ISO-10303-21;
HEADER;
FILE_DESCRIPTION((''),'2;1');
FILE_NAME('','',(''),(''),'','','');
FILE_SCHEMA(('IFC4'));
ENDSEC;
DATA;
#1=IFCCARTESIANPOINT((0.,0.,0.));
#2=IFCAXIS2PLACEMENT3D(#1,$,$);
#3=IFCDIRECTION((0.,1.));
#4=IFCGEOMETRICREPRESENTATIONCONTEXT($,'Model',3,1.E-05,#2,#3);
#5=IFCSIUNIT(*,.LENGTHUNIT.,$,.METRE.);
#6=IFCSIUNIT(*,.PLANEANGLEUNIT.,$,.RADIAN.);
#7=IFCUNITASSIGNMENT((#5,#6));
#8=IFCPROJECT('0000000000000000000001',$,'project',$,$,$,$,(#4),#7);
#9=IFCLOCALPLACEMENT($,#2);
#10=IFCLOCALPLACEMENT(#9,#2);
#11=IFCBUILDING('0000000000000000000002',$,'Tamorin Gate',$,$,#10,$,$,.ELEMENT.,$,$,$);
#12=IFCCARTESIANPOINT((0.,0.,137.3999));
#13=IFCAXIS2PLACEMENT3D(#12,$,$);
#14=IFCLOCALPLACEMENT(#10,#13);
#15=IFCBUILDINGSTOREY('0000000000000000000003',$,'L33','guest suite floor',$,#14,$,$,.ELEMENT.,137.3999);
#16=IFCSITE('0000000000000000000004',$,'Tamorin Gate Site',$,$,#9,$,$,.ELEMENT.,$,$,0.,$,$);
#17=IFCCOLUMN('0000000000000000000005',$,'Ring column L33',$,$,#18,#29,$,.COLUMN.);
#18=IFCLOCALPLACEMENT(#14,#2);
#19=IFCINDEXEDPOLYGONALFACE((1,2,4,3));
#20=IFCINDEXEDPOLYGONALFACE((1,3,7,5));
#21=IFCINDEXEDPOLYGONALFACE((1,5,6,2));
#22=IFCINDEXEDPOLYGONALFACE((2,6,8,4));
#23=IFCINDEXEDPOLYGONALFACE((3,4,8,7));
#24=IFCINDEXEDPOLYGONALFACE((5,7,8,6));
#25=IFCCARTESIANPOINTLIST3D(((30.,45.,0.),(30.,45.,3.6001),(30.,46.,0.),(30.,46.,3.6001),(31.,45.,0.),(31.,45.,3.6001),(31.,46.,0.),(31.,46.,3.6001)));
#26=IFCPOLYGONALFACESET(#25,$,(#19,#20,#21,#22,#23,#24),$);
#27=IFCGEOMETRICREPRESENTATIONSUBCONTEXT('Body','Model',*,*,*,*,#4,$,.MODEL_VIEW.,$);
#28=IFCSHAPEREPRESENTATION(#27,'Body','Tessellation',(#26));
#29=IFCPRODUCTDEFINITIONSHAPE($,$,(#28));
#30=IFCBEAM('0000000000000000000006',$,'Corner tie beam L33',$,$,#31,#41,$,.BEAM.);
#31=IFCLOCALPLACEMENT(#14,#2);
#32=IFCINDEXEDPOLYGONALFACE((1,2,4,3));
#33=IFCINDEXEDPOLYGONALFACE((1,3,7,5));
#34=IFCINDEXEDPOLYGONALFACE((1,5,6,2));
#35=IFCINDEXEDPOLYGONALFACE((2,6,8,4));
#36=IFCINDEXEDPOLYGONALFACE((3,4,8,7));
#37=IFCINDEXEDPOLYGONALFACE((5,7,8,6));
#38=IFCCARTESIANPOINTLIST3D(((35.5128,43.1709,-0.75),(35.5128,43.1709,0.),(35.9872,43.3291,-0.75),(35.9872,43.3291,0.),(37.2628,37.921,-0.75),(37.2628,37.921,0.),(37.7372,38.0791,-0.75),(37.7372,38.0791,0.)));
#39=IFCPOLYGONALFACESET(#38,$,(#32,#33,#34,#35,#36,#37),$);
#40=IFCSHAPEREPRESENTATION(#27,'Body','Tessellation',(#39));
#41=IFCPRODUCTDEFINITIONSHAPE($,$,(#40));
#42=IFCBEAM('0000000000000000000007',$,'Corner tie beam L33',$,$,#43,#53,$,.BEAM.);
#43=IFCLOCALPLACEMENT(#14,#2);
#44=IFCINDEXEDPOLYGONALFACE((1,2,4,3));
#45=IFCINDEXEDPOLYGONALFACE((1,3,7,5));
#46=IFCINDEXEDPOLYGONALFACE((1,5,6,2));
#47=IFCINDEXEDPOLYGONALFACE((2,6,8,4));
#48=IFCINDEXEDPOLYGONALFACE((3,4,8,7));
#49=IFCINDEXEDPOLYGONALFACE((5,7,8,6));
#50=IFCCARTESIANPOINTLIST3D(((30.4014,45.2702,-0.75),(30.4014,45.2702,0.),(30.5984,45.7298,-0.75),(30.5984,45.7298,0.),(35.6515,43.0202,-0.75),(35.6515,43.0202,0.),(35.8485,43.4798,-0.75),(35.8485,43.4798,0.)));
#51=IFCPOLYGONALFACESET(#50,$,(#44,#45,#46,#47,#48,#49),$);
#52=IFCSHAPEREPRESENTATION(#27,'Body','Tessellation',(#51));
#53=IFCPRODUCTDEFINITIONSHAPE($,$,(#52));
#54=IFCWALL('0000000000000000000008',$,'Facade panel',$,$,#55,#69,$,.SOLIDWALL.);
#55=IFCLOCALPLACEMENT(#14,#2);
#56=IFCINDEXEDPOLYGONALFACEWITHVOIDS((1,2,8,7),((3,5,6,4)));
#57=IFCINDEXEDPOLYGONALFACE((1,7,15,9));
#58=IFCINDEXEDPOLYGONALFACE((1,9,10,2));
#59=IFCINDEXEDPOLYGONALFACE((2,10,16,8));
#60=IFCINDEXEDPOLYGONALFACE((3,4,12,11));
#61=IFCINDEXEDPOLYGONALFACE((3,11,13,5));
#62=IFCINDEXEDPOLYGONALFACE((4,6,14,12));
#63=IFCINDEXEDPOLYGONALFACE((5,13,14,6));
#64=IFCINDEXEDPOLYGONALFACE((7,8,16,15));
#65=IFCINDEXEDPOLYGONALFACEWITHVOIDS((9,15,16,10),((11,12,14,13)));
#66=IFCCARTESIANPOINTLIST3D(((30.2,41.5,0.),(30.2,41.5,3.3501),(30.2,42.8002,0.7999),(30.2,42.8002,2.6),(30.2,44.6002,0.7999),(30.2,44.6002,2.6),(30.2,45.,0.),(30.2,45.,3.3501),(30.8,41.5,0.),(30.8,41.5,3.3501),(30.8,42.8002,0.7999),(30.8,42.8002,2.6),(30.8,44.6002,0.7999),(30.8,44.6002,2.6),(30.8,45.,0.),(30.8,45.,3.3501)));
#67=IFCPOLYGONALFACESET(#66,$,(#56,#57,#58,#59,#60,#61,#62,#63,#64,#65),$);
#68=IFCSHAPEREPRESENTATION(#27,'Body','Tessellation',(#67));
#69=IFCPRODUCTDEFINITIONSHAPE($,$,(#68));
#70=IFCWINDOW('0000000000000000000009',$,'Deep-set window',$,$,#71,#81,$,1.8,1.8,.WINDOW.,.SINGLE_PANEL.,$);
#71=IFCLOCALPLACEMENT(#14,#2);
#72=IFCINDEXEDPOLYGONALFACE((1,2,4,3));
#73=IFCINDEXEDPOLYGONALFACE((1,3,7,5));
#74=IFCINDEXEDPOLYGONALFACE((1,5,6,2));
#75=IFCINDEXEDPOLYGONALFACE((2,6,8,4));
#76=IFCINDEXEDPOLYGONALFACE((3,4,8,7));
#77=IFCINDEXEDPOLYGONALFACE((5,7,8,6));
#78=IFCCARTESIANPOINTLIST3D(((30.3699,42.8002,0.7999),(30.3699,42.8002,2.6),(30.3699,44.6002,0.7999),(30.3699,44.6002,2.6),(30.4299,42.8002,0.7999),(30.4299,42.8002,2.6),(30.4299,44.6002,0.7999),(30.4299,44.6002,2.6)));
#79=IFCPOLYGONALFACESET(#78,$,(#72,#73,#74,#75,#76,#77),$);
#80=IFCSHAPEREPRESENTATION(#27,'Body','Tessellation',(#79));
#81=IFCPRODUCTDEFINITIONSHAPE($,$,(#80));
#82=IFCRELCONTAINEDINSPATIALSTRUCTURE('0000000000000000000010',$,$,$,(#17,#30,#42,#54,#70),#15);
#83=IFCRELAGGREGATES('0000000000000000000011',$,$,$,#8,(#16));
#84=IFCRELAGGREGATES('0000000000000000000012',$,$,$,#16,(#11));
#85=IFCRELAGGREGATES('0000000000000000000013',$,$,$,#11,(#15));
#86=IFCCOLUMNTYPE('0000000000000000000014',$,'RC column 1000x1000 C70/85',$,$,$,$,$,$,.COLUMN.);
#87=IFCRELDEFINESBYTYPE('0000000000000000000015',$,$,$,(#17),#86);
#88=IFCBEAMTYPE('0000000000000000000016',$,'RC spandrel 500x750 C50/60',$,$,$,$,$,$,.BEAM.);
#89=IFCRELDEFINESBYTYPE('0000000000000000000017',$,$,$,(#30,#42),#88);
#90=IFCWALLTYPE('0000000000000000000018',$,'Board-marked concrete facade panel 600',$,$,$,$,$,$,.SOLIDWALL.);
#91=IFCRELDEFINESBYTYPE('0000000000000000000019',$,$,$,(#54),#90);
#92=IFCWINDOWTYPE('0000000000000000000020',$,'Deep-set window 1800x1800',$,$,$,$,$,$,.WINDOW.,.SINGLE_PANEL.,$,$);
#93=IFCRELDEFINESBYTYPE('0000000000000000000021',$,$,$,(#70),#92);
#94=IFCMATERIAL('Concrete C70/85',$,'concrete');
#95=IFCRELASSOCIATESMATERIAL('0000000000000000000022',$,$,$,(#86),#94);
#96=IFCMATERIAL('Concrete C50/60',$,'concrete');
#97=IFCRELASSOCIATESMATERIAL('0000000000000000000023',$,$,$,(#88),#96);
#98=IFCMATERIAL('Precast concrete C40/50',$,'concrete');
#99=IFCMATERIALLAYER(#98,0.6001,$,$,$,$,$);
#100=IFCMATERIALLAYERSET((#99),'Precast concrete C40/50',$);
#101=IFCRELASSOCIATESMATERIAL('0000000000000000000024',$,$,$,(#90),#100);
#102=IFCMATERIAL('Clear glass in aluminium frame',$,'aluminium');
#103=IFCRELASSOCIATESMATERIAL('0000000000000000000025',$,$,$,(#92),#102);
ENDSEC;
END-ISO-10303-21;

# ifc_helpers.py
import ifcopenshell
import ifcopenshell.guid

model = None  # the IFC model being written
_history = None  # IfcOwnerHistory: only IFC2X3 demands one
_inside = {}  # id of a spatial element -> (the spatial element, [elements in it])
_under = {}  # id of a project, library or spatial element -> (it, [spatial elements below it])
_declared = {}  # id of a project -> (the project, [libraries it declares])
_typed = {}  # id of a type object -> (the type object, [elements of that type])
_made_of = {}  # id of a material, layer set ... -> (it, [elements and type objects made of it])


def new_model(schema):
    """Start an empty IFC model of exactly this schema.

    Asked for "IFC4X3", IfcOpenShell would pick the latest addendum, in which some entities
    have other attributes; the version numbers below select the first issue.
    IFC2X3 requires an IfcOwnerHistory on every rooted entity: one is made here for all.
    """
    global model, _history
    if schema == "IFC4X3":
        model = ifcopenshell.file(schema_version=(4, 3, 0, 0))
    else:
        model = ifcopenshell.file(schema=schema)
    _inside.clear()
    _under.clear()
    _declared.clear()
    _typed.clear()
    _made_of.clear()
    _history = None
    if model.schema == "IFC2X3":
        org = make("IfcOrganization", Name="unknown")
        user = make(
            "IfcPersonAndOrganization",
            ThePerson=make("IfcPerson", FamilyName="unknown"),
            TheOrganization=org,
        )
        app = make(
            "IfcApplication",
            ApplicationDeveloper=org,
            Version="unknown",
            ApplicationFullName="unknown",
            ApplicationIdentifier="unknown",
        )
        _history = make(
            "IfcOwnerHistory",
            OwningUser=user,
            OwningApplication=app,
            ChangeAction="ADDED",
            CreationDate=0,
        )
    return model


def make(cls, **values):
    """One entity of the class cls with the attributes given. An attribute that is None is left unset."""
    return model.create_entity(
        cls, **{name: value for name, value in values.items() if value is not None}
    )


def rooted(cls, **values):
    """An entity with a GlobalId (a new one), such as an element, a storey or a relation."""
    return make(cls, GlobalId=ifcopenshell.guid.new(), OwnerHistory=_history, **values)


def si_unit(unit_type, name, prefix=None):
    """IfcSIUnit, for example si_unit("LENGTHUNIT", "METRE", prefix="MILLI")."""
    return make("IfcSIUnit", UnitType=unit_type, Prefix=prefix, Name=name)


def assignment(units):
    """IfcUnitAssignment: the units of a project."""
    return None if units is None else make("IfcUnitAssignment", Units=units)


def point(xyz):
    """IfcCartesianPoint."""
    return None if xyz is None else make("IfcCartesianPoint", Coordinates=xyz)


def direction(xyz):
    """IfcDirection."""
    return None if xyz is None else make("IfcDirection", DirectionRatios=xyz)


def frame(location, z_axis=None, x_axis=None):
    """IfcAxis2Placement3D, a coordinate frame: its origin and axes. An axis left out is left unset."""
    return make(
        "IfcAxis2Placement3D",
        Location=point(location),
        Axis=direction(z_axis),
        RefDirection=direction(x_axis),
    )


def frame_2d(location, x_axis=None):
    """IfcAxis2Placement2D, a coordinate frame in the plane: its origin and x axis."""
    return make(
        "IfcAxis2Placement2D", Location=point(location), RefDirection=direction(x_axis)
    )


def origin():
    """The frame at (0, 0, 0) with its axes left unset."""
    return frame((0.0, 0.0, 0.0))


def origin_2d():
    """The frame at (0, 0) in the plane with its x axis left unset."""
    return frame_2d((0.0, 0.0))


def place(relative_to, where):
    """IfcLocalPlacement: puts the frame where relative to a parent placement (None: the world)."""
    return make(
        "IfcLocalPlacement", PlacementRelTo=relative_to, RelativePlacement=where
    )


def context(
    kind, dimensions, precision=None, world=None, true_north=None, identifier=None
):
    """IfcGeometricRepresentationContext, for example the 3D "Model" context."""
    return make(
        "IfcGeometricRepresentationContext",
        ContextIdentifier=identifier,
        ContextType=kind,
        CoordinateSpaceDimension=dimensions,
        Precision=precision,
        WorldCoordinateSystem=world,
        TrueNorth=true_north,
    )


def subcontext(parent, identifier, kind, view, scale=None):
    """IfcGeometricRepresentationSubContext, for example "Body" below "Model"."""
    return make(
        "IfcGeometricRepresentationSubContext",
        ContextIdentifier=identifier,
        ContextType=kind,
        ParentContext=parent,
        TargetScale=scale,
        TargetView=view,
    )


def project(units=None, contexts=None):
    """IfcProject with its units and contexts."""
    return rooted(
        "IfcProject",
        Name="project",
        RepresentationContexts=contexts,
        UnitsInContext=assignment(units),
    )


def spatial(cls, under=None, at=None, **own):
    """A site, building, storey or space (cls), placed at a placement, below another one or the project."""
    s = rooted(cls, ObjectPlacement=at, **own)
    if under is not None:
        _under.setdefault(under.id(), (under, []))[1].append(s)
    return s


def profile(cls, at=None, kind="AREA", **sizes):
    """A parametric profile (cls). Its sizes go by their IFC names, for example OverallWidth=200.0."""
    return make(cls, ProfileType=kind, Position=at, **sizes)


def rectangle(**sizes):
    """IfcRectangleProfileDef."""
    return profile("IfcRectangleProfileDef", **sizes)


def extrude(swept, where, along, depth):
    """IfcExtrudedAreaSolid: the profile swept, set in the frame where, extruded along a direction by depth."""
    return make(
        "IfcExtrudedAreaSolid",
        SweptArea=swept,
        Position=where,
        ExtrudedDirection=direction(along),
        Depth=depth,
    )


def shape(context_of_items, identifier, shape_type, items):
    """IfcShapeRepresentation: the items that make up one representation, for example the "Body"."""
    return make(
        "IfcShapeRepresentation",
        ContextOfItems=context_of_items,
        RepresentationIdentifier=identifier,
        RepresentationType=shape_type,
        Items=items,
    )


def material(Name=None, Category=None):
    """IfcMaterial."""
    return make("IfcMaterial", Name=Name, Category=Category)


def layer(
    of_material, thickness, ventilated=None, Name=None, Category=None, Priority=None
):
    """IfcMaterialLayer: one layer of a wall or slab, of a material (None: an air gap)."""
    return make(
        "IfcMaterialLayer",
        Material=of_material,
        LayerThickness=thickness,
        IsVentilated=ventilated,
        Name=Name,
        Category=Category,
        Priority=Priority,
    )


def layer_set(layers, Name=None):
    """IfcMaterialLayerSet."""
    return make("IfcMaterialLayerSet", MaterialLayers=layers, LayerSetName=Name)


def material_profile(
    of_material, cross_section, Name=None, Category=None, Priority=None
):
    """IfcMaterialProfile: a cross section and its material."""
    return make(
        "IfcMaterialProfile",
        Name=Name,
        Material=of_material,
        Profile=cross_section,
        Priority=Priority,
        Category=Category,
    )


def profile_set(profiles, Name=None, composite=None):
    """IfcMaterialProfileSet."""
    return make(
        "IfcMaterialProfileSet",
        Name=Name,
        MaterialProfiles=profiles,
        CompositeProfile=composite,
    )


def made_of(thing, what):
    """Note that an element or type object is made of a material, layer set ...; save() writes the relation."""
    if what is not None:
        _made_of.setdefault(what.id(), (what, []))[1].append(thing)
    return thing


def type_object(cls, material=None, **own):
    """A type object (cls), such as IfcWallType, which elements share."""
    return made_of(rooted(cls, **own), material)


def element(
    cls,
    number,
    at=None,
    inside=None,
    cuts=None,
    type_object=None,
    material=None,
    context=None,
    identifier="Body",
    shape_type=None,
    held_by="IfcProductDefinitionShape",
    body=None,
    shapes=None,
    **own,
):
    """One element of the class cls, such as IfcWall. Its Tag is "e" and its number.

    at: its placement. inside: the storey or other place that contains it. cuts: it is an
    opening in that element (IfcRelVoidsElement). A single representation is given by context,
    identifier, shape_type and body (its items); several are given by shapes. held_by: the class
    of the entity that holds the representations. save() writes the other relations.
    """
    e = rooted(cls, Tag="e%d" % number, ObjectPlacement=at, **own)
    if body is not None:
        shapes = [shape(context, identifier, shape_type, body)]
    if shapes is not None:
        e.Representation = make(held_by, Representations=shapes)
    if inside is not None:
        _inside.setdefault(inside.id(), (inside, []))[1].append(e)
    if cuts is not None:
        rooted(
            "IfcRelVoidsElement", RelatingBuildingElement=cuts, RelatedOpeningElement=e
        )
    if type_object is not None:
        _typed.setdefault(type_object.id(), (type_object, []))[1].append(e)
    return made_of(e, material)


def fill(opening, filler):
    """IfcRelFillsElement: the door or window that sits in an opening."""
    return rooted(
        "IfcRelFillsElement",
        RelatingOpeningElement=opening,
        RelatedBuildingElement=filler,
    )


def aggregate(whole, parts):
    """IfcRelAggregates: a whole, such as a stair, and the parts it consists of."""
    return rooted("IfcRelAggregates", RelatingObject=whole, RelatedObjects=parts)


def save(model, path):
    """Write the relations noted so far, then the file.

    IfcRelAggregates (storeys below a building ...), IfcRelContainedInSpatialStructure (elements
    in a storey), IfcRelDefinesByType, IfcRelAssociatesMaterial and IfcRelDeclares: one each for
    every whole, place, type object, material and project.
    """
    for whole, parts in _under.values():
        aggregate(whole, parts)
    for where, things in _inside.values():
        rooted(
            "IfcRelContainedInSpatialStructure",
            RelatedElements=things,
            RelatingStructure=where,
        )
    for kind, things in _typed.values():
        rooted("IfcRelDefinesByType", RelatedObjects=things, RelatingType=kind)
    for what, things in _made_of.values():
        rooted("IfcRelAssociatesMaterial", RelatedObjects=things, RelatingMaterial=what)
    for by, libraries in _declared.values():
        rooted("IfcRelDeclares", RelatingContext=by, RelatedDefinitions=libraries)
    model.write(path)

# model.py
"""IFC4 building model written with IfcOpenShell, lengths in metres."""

from ifc_helpers import new_model, si_unit, direction, frame, frame_2d, origin, origin_2d, place, context, subcontext, project, spatial, rectangle, extrude, material, layer, layer_set, material_profile, profile_set, type_object, element, fill, save


model = new_model("IFC4")

# Units and contexts
model_context = context("Model", 3, precision=1e-05, world=origin(), true_north=direction((0.0, 1.0)))
body_context = subcontext(model_context, "Body", "Model", "MODEL_VIEW")
ifc_project = project(units=[si_unit("LENGTHUNIT", "METRE"), si_unit("PLANEANGLEUNIT", "RADIAN")], contexts=[model_context])

# Site, building, storey
site_placement = place(None, origin())
site = spatial("IfcSite", under=ifc_project, at=site_placement, Name="Tamorin Gate Site", CompositionType="ELEMENT", RefElevation=0.0)
building_placement = place(site_placement, origin())
building = spatial("IfcBuilding", under=site, at=building_placement, Name="Tamorin Gate", CompositionType="ELEMENT")
storey_placement = place(building_placement, frame((0.0, 0.0, 137.3999)))
storey = spatial("IfcBuildingStorey", under=building, at=storey_placement, Name="L33", Description="guest suite floor", CompositionType="ELEMENT", Elevation=137.3999)

# Column
ifc_material_1 = material(Name="Concrete C70/85", Category="concrete")
ifc_material_profile_1 = material_profile(ifc_material_1, rectangle(XDim=1.0, YDim=1.0, at=origin_2d()), Name="RC 1000x1000")
ifc_profile_set_1 = profile_set([ifc_material_profile_1], Name="Concrete C70/85")
column_type = type_object("IfcColumnType", Name="RC column 1000x1000 C70/85", PredefinedType="COLUMN", material=ifc_profile_set_1)
column_placement = place(storey_placement, frame((30.5, 45.5, 0.0), z_axis=(0.0, 0.0, 1.0), x_axis=(1.0, 0.0, 0.0)))
element("IfcColumn", 1, at=column_placement, inside=storey, type_object=column_type, Name="Ring column L33", PredefinedType="COLUMN", context=body_context, shape_type="SweptSolid", body=[
    extrude(rectangle(XDim=1.0, YDim=1.0, at=origin_2d()), origin(), (0.0, 0.0, 1.0), 3.6001),
])

# Beams
ifc_material_2 = material(Name="Concrete C50/60", Category="concrete")
ifc_material_profile_2 = material_profile(ifc_material_2, rectangle(XDim=0.5, YDim=0.75, at=origin_2d()), Name="RC 500x750")
ifc_profile_set_2 = profile_set([ifc_material_profile_2], Name="Concrete C50/60")
beam_type = type_object("IfcBeamType", Name="RC spandrel 500x750 C50/60", PredefinedType="BEAM", material=ifc_profile_set_2)
beam_1_placement = place(storey_placement, frame((35.75, 43.25, -0.375), z_axis=(0.316228, -0.948683, 0.0), x_axis=(0.948683, 0.316228, 0.0)))
element("IfcBeam", 2, at=beam_1_placement, inside=storey, type_object=beam_type, Name="Corner tie beam L33", PredefinedType="BEAM", context=body_context, shape_type="SweptSolid", body=[
    extrude(rectangle(XDim=0.5, YDim=0.75, at=origin_2d()), origin(), (0.0, 0.0, 1.0), 5.5339),
])
beam_2_placement = place(storey_placement, frame((35.75, 43.25, -0.375), z_axis=(-0.919145, 0.393919, 0.0), x_axis=(-0.393919, -0.919145, 0.0)))
element("IfcBeam", 3, at=beam_2_placement, inside=storey, type_object=beam_type, Name="Corner tie beam L33", PredefinedType="BEAM", context=body_context, shape_type="SweptSolid", body=[
    extrude(rectangle(XDim=0.5, YDim=0.75, at=origin_2d()), origin(), (0.0, 0.0, 1.0), 5.7119),
])

# Wall, opening, window
ifc_material_3 = material(Name="Precast concrete C40/50", Category="concrete")
ifc_layer_1 = layer(ifc_material_3, 0.6001)
ifc_layer_set_1 = layer_set([ifc_layer_1], Name="Precast concrete C40/50")
wall_type_1 = type_object("IfcWallType", Name="Board-marked concrete facade panel 600", PredefinedType="SOLIDWALL", material=ifc_layer_set_1)
wall_1_placement = place(storey_placement, frame((30.5, 45.0, 0.0), z_axis=(0.0, 0.0, 1.0), x_axis=(0.0, -1.0, 0.0)))
wall_1 = element("IfcWall", 4, at=wall_1_placement, inside=storey, type_object=wall_type_1, Name="Facade panel", PredefinedType="SOLIDWALL", context=body_context, shape_type="SweptSolid", body=[
    extrude(rectangle(XDim=3.5, YDim=0.6001, at=frame_2d((1.75, 0.0))), origin(), (0.0, 0.0, 1.0), 3.3501),
])
opening_1_placement = place(wall_1_placement, frame((0.3999, 0.0, 0.8)))
opening_1 = element("IfcOpeningElement", 5, at=opening_1_placement, cuts=wall_1, PredefinedType="OPENING", context=body_context, shape_type="SweptSolid", body=[
    extrude(rectangle(XDim=1.8, YDim=1.8, at=frame_2d((0.8999, 0.8999))), frame((0.0, 0.3101, 0.0), z_axis=(0.0, -1.0, 0.0), x_axis=(1.0, 0.0, 0.0)), (0.0, 0.0, 1.0), 0.6201),
])
ifc_material_4 = material(Name="Clear glass in aluminium frame", Category="aluminium")
window_type = type_object("IfcWindowType", Name="Deep-set window 1800x1800", PartitioningType="SINGLE_PANEL", PredefinedType="WINDOW", material=ifc_material_4)
window_placement = place(opening_1_placement, origin())
window = element("IfcWindow", 6, at=window_placement, inside=storey, type_object=window_type, Name="Deep-set window", OverallHeight=1.8, OverallWidth=1.8, PartitioningType="SINGLE_PANEL", PredefinedType="WINDOW", context=body_context, shape_type="SweptSolid", body=[
    extrude(rectangle(XDim=1.8, YDim=1.8, at=frame_2d((0.8999, 0.8999))), frame((0.0, -0.0701, 0.0), z_axis=(0.0, -1.0, 0.0), x_axis=(1.0, 0.0, 0.0)), (0.0, 0.0, 1.0), 0.0601),
])
fill(opening_1, window)

save(model, "model.ifc")
